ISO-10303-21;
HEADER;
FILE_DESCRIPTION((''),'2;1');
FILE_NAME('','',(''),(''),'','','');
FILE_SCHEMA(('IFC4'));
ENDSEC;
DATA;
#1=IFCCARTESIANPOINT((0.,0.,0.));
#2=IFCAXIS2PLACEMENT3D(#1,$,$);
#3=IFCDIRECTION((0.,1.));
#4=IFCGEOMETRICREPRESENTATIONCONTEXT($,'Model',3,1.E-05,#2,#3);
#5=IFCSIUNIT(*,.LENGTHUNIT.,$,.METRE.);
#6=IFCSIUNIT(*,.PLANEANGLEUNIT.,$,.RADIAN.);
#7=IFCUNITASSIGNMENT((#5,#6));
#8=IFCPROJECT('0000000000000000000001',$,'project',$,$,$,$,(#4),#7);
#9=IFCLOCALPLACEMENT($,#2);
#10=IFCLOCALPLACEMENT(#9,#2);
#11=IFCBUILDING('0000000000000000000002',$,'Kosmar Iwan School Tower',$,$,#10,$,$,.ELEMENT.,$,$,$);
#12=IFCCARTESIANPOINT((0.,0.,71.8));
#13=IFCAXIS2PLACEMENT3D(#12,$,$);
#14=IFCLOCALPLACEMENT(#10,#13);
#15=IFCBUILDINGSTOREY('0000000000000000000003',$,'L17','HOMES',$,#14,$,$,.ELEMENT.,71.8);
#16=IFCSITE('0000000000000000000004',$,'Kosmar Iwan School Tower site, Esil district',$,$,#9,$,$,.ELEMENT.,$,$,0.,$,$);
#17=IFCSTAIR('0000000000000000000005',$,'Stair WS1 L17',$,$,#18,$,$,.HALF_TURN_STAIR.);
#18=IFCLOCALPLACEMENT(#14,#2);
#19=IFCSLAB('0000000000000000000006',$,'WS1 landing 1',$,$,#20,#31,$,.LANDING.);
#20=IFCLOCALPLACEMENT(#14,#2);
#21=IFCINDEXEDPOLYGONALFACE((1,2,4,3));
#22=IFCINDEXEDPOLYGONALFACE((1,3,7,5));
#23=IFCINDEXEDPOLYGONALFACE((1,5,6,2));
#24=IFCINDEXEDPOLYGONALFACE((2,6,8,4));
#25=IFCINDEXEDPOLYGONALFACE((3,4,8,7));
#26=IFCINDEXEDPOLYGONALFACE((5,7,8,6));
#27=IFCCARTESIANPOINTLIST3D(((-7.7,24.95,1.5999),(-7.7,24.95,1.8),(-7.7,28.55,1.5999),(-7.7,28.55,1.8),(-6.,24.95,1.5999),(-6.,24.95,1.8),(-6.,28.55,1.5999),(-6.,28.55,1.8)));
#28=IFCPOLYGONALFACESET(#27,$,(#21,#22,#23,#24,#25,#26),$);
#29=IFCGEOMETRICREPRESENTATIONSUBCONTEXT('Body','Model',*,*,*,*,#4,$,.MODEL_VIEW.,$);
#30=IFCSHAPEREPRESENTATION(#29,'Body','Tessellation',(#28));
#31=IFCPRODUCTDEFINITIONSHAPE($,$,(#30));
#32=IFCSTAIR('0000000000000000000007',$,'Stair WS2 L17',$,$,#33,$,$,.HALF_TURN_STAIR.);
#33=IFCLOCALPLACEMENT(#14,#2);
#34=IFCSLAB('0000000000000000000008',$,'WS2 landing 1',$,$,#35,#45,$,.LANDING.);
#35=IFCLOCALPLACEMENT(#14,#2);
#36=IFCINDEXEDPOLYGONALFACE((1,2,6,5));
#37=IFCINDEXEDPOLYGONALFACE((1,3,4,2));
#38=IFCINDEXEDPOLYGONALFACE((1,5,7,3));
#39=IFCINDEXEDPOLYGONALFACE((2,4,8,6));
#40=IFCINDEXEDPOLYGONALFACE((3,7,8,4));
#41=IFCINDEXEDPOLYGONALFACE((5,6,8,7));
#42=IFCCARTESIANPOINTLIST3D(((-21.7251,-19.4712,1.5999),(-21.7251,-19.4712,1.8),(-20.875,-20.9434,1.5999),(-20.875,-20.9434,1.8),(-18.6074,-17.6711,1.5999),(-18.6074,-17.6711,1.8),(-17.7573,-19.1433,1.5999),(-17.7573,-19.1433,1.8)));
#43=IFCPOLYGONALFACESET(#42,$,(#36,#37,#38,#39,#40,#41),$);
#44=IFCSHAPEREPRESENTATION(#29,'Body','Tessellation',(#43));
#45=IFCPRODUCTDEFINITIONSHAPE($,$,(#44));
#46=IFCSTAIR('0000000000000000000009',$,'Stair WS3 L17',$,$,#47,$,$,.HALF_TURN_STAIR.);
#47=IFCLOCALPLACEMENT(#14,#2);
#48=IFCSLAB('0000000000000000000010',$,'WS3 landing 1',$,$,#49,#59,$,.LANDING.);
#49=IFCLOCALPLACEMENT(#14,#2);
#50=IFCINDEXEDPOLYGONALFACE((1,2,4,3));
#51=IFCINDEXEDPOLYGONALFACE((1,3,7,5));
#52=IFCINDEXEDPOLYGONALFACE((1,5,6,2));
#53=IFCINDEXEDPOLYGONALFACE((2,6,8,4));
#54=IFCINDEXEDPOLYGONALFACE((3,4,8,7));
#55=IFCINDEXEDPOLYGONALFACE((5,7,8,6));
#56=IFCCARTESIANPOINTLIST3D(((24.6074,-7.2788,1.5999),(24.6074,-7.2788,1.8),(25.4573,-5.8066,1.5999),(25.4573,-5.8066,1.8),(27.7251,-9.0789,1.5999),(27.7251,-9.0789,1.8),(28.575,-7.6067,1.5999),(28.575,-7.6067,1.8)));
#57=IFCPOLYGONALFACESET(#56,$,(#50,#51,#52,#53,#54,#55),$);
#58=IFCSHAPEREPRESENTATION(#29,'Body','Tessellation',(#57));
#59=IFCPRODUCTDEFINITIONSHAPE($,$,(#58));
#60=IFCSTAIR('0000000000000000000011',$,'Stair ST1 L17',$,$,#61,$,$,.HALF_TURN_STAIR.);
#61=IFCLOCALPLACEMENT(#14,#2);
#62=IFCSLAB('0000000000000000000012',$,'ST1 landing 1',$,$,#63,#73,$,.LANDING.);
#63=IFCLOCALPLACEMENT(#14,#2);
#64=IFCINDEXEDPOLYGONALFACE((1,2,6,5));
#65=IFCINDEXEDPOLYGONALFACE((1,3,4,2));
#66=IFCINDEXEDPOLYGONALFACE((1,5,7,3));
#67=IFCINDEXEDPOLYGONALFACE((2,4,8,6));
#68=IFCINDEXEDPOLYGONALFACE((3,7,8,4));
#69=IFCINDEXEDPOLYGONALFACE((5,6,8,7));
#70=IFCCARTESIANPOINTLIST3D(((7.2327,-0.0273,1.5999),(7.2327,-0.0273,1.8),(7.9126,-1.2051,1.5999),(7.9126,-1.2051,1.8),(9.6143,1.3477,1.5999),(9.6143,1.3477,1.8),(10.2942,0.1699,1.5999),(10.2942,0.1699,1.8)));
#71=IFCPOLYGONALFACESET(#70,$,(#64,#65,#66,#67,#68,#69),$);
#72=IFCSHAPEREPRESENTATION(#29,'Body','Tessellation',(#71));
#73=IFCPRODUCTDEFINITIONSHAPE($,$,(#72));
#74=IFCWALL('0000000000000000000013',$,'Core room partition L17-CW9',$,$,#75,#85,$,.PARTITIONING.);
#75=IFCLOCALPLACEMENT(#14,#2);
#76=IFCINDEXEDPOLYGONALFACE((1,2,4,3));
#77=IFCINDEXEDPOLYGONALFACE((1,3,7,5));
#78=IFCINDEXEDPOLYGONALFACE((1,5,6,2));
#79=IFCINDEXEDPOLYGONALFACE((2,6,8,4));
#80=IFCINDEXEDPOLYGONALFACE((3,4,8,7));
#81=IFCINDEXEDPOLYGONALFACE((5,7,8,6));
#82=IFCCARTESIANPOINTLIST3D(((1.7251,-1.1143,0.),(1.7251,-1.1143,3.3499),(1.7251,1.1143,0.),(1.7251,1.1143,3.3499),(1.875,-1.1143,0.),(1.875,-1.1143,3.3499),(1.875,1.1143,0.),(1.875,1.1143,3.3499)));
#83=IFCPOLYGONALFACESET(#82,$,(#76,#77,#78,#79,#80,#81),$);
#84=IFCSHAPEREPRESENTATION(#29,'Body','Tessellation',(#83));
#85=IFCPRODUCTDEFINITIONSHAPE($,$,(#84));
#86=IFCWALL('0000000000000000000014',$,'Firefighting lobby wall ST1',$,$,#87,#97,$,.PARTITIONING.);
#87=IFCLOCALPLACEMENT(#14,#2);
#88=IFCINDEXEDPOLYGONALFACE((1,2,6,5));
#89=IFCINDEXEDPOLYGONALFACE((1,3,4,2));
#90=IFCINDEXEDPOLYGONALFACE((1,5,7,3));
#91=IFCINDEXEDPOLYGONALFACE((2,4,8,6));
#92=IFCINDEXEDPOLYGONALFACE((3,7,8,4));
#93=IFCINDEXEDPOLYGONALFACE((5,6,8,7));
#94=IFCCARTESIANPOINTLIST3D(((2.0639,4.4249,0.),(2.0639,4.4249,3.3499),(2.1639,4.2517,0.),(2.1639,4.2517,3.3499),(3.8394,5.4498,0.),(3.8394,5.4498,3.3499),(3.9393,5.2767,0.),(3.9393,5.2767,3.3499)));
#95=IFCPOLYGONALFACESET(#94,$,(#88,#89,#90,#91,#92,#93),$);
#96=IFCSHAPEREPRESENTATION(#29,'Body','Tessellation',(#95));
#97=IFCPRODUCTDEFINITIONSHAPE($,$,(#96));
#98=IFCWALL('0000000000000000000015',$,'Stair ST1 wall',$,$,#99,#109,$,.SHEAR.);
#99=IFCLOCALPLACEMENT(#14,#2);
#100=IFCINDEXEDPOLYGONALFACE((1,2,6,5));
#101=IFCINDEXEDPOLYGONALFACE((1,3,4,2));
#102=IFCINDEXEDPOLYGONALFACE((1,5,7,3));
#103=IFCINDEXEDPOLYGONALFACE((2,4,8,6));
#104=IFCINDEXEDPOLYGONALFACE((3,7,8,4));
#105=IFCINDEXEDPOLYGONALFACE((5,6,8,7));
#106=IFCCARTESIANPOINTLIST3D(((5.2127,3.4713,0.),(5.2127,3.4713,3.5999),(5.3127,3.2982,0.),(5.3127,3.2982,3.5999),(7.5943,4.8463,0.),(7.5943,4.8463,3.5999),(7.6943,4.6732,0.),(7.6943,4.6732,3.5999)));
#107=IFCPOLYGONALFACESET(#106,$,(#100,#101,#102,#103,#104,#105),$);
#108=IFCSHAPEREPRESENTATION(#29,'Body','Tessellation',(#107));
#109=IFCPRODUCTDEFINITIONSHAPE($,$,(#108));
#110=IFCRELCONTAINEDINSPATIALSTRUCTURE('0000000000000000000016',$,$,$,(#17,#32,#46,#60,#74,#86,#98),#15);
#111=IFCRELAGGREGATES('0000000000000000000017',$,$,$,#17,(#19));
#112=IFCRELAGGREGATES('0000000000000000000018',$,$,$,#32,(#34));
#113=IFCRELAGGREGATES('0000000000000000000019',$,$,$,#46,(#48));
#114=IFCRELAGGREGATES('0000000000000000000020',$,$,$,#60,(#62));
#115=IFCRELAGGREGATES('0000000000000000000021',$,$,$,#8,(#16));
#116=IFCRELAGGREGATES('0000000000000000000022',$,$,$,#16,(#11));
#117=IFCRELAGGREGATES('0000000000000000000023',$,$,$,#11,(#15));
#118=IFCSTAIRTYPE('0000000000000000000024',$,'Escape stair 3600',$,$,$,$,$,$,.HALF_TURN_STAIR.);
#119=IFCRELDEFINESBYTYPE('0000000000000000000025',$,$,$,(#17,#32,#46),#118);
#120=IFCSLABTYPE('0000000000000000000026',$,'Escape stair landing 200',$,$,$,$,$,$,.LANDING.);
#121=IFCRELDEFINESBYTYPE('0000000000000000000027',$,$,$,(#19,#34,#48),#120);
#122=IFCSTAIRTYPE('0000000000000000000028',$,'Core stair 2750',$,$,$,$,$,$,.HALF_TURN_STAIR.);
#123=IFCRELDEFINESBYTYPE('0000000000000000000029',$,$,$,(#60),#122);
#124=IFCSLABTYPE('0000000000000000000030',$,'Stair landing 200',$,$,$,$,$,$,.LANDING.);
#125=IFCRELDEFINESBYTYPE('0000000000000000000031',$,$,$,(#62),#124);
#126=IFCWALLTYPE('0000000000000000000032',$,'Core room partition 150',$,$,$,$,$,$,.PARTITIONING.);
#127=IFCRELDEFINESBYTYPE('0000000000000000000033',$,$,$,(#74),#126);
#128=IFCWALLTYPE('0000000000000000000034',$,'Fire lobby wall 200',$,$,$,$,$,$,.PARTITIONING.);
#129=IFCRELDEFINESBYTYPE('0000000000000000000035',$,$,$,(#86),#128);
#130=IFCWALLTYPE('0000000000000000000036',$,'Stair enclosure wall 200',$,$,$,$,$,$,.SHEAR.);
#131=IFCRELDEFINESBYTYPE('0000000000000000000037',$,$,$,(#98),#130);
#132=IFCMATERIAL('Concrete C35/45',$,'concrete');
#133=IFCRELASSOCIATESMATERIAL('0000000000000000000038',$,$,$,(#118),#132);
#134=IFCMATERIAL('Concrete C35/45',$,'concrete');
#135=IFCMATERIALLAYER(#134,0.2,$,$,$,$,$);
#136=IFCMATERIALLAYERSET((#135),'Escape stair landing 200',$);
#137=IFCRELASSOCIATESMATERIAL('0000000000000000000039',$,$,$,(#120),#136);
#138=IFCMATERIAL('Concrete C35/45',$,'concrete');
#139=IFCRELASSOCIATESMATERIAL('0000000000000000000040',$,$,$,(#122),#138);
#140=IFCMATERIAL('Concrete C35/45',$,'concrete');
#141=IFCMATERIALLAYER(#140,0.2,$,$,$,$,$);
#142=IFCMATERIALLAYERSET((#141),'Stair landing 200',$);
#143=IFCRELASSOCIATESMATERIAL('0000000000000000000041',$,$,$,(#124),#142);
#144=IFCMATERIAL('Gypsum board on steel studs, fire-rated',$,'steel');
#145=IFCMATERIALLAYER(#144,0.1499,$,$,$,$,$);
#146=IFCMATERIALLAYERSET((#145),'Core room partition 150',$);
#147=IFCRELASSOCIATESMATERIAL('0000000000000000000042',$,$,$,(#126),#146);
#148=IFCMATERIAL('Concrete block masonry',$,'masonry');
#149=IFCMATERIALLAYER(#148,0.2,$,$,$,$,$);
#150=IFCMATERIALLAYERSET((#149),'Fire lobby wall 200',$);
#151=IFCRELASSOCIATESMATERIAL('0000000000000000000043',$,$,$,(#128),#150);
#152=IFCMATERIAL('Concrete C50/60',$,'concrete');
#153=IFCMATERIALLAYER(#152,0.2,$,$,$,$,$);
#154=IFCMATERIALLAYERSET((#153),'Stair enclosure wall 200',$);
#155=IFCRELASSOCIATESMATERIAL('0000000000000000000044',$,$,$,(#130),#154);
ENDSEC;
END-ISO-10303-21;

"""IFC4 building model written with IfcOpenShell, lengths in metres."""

from ifc_helpers import new_model, si_unit, direction, frame, frame_2d, origin, place, context, subcontext, project, spatial, polyline, rectangle, outline, extrude, material, layer, layer_set, type_object, element, aggregate, save


model = new_model("IFC4")

# Units and contexts
model_context = context("Model", 3, precision=1e-05, world=origin(), true_north=direction((0.0, 1.0)))
body_context = subcontext(model_context, "Body", "Model", "MODEL_VIEW")
ifc_project = project(units=[si_unit("LENGTHUNIT", "METRE"), si_unit("PLANEANGLEUNIT", "RADIAN")], contexts=[model_context])

# Site, building, storey
site_placement = place(None, origin())
site = spatial("IfcSite", under=ifc_project, at=site_placement, Name="Kosmar Iwan School Tower site, Esil district", CompositionType="ELEMENT", RefElevation=0.0)
building_placement = place(site_placement, origin())
building = spatial("IfcBuilding", under=site, at=building_placement, Name="Kosmar Iwan School Tower", CompositionType="ELEMENT")
storey_placement = place(building_placement, frame((0.0, 0.0, 71.8)))
storey = spatial("IfcBuildingStorey", under=building, at=storey_placement, Name="L17", Description="HOMES", CompositionType="ELEMENT", Elevation=71.8)

# Stairs, slabs
ifc_material_1 = material(Name="Concrete C35/45", Category="concrete")
stair_type_1 = type_object("IfcStairType", Name="Escape stair 3600", PredefinedType="HALF_TURN_STAIR", material=ifc_material_1)
stair_1_placement = place(storey_placement, origin())
stair_1 = element("IfcStair", 1, at=stair_1_placement, inside=storey, type_object=stair_type_1, Name="Stair WS1 L17", PredefinedType="HALF_TURN_STAIR")
ifc_material_2 = material(Name="Concrete C35/45", Category="concrete")
ifc_layer_1 = layer(ifc_material_2, 0.2)
ifc_layer_set_1 = layer_set([ifc_layer_1], Name="Escape stair landing 200")
slab_type_1 = type_object("IfcSlabType", Name="Escape stair landing 200", PredefinedType="LANDING", material=ifc_layer_set_1)
slab_1_placement = place(storey_placement, frame((0.0, 0.0, 1.5999)))
slab_1 = element("IfcSlab", 2, at=slab_1_placement, type_object=slab_type_1, Name="WS1 landing 1", PredefinedType="LANDING", context=body_context, shape_type="SweptSolid", body=[
    extrude(outline(polyline([(-6.0, 24.95), (-6.0, 28.55), (-7.7, 28.55), (-7.7, 24.95), (-6.0, 24.95)])), origin(), (0.0, 0.0, 1.0), 0.2002),
])
aggregate(stair_1, [slab_1])
stair_2_placement = place(storey_placement, origin())
stair_2 = element("IfcStair", 3, at=stair_2_placement, inside=storey, type_object=stair_type_1, Name="Stair WS2 L17", PredefinedType="HALF_TURN_STAIR")
slab_2_placement = place(storey_placement, frame((0.0, 0.0, 1.5999)))
slab_2 = element("IfcSlab", 4, at=slab_2_placement, type_object=slab_type_1, Name="WS2 landing 1", PredefinedType="LANDING", context=body_context, shape_type="SweptSolid", body=[
    extrude(outline(polyline([(-18.6074, -17.6711), (-21.7251, -19.4712), (-20.875, -20.9434), (-17.7573, -19.1433), (-18.6074, -17.6711)])), origin(), (0.0, 0.0, 1.0), 0.2002),
])
aggregate(stair_2, [slab_2])
stair_3_placement = place(storey_placement, origin())
stair_3 = element("IfcStair", 5, at=stair_3_placement, inside=storey, type_object=stair_type_1, Name="Stair WS3 L17", PredefinedType="HALF_TURN_STAIR")
slab_3_placement = place(storey_placement, frame((0.0, 0.0, 1.5999)))
slab_3 = element("IfcSlab", 6, at=slab_3_placement, type_object=slab_type_1, Name="WS3 landing 1", PredefinedType="LANDING", context=body_context, shape_type="SweptSolid", body=[
    extrude(outline(polyline([(24.6074, -7.2788), (27.7251, -9.0789), (28.575, -7.6067), (25.4573, -5.8066), (24.6074, -7.2788)])), origin(), (0.0, 0.0, 1.0), 0.2002),
])
aggregate(stair_3, [slab_3])
ifc_material_3 = material(Name="Concrete C35/45", Category="concrete")
stair_type_2 = type_object("IfcStairType", Name="Core stair 2750", PredefinedType="HALF_TURN_STAIR", material=ifc_material_3)
stair_4_placement = place(storey_placement, origin())
stair_4 = element("IfcStair", 7, at=stair_4_placement, inside=storey, type_object=stair_type_2, Name="Stair ST1 L17", PredefinedType="HALF_TURN_STAIR")
ifc_material_4 = material(Name="Concrete C35/45", Category="concrete")
ifc_layer_2 = layer(ifc_material_4, 0.2)
ifc_layer_set_2 = layer_set([ifc_layer_2], Name="Stair landing 200")
slab_type_2 = type_object("IfcSlabType", Name="Stair landing 200", PredefinedType="LANDING", material=ifc_layer_set_2)
slab_4_placement = place(storey_placement, frame((0.0, 0.0, 1.5999)))
slab_4 = element("IfcSlab", 8, at=slab_4_placement, type_object=slab_type_2, Name="ST1 landing 1", PredefinedType="LANDING", context=body_context, shape_type="SweptSolid", body=[
    extrude(outline(polyline([(7.9126, -1.2051), (10.2942, 0.1699), (9.6143, 1.3477), (7.2327, -0.0273), (7.9126, -1.2051)])), origin(), (0.0, 0.0, 1.0), 0.2002),
])
aggregate(stair_4, [slab_4])

# Walls
ifc_material_5 = material(Name="Gypsum board on steel studs, fire-rated", Category="steel")
ifc_layer_3 = layer(ifc_material_5, 0.1499)
ifc_layer_set_3 = layer_set([ifc_layer_3], Name="Core room partition 150")
wall_type_1 = type_object("IfcWallType", Name="Core room partition 150", PredefinedType="PARTITIONING", material=ifc_layer_set_3)
wall_1_placement = place(storey_placement, frame((1.8, 1.1143, 0.0), z_axis=(0.0, 0.0, 1.0), x_axis=(0.0, -1.0, 0.0)))
element("IfcWall", 9, at=wall_1_placement, inside=storey, type_object=wall_type_1, Name="Core room partition L17-CW9", PredefinedType="PARTITIONING", context=body_context, shape_type="SweptSolid", body=[
    extrude(rectangle(XDim=2.2285, YDim=0.1499, at=frame_2d((1.1143, 0.0))), origin(), (0.0, 0.0, 1.0), 3.3499),
])
ifc_material_6 = material(Name="Concrete block masonry", Category="masonry")
ifc_layer_4 = layer(ifc_material_6, 0.2)
ifc_layer_set_4 = layer_set([ifc_layer_4], Name="Fire lobby wall 200")
wall_type_2 = type_object("IfcWallType", Name="Fire lobby wall 200", PredefinedType="PARTITIONING", material=ifc_layer_set_4)
wall_2_placement = place(storey_placement, frame((2.114, 4.3384, 0.0), z_axis=(0.0, 0.0, 1.0), x_axis=(0.866051, 0.499956, 0.0)))
element("IfcWall", 10, at=wall_2_placement, inside=storey, type_object=wall_type_2, Name="Firefighting lobby wall ST1", PredefinedType="PARTITIONING", context=body_context, shape_type="SweptSolid", body=[
    extrude(rectangle(XDim=2.05, YDim=0.2, at=frame_2d((1.0249, 0.0))), origin(), (0.0, 0.0, 1.0), 3.3499),
])
ifc_material_7 = material(Name="Concrete C50/60", Category="concrete")
ifc_layer_5 = layer(ifc_material_7, 0.2)
ifc_layer_set_5 = layer_set([ifc_layer_5], Name="Stair enclosure wall 200")
wall_type_3 = type_object("IfcWallType", Name="Stair enclosure wall 200", PredefinedType="SHEAR", material=ifc_layer_set_5)
wall_3_placement = place(storey_placement, frame((5.2627, 3.3848, 0.0), z_axis=(0.0, 0.0, 1.0), x_axis=(0.866027, 0.499997, 0.0)))
element("IfcWall", 11, at=wall_3_placement, inside=storey, type_object=wall_type_3, Name="Stair ST1 wall", PredefinedType="SHEAR", context=body_context, shape_type="SweptSolid", body=[
    extrude(rectangle(XDim=2.75, YDim=0.2, at=frame_2d((1.375, 0.0))), origin(), (0.0, 0.0, 1.0), 3.5999),
])

save(model, "model.ifc")
